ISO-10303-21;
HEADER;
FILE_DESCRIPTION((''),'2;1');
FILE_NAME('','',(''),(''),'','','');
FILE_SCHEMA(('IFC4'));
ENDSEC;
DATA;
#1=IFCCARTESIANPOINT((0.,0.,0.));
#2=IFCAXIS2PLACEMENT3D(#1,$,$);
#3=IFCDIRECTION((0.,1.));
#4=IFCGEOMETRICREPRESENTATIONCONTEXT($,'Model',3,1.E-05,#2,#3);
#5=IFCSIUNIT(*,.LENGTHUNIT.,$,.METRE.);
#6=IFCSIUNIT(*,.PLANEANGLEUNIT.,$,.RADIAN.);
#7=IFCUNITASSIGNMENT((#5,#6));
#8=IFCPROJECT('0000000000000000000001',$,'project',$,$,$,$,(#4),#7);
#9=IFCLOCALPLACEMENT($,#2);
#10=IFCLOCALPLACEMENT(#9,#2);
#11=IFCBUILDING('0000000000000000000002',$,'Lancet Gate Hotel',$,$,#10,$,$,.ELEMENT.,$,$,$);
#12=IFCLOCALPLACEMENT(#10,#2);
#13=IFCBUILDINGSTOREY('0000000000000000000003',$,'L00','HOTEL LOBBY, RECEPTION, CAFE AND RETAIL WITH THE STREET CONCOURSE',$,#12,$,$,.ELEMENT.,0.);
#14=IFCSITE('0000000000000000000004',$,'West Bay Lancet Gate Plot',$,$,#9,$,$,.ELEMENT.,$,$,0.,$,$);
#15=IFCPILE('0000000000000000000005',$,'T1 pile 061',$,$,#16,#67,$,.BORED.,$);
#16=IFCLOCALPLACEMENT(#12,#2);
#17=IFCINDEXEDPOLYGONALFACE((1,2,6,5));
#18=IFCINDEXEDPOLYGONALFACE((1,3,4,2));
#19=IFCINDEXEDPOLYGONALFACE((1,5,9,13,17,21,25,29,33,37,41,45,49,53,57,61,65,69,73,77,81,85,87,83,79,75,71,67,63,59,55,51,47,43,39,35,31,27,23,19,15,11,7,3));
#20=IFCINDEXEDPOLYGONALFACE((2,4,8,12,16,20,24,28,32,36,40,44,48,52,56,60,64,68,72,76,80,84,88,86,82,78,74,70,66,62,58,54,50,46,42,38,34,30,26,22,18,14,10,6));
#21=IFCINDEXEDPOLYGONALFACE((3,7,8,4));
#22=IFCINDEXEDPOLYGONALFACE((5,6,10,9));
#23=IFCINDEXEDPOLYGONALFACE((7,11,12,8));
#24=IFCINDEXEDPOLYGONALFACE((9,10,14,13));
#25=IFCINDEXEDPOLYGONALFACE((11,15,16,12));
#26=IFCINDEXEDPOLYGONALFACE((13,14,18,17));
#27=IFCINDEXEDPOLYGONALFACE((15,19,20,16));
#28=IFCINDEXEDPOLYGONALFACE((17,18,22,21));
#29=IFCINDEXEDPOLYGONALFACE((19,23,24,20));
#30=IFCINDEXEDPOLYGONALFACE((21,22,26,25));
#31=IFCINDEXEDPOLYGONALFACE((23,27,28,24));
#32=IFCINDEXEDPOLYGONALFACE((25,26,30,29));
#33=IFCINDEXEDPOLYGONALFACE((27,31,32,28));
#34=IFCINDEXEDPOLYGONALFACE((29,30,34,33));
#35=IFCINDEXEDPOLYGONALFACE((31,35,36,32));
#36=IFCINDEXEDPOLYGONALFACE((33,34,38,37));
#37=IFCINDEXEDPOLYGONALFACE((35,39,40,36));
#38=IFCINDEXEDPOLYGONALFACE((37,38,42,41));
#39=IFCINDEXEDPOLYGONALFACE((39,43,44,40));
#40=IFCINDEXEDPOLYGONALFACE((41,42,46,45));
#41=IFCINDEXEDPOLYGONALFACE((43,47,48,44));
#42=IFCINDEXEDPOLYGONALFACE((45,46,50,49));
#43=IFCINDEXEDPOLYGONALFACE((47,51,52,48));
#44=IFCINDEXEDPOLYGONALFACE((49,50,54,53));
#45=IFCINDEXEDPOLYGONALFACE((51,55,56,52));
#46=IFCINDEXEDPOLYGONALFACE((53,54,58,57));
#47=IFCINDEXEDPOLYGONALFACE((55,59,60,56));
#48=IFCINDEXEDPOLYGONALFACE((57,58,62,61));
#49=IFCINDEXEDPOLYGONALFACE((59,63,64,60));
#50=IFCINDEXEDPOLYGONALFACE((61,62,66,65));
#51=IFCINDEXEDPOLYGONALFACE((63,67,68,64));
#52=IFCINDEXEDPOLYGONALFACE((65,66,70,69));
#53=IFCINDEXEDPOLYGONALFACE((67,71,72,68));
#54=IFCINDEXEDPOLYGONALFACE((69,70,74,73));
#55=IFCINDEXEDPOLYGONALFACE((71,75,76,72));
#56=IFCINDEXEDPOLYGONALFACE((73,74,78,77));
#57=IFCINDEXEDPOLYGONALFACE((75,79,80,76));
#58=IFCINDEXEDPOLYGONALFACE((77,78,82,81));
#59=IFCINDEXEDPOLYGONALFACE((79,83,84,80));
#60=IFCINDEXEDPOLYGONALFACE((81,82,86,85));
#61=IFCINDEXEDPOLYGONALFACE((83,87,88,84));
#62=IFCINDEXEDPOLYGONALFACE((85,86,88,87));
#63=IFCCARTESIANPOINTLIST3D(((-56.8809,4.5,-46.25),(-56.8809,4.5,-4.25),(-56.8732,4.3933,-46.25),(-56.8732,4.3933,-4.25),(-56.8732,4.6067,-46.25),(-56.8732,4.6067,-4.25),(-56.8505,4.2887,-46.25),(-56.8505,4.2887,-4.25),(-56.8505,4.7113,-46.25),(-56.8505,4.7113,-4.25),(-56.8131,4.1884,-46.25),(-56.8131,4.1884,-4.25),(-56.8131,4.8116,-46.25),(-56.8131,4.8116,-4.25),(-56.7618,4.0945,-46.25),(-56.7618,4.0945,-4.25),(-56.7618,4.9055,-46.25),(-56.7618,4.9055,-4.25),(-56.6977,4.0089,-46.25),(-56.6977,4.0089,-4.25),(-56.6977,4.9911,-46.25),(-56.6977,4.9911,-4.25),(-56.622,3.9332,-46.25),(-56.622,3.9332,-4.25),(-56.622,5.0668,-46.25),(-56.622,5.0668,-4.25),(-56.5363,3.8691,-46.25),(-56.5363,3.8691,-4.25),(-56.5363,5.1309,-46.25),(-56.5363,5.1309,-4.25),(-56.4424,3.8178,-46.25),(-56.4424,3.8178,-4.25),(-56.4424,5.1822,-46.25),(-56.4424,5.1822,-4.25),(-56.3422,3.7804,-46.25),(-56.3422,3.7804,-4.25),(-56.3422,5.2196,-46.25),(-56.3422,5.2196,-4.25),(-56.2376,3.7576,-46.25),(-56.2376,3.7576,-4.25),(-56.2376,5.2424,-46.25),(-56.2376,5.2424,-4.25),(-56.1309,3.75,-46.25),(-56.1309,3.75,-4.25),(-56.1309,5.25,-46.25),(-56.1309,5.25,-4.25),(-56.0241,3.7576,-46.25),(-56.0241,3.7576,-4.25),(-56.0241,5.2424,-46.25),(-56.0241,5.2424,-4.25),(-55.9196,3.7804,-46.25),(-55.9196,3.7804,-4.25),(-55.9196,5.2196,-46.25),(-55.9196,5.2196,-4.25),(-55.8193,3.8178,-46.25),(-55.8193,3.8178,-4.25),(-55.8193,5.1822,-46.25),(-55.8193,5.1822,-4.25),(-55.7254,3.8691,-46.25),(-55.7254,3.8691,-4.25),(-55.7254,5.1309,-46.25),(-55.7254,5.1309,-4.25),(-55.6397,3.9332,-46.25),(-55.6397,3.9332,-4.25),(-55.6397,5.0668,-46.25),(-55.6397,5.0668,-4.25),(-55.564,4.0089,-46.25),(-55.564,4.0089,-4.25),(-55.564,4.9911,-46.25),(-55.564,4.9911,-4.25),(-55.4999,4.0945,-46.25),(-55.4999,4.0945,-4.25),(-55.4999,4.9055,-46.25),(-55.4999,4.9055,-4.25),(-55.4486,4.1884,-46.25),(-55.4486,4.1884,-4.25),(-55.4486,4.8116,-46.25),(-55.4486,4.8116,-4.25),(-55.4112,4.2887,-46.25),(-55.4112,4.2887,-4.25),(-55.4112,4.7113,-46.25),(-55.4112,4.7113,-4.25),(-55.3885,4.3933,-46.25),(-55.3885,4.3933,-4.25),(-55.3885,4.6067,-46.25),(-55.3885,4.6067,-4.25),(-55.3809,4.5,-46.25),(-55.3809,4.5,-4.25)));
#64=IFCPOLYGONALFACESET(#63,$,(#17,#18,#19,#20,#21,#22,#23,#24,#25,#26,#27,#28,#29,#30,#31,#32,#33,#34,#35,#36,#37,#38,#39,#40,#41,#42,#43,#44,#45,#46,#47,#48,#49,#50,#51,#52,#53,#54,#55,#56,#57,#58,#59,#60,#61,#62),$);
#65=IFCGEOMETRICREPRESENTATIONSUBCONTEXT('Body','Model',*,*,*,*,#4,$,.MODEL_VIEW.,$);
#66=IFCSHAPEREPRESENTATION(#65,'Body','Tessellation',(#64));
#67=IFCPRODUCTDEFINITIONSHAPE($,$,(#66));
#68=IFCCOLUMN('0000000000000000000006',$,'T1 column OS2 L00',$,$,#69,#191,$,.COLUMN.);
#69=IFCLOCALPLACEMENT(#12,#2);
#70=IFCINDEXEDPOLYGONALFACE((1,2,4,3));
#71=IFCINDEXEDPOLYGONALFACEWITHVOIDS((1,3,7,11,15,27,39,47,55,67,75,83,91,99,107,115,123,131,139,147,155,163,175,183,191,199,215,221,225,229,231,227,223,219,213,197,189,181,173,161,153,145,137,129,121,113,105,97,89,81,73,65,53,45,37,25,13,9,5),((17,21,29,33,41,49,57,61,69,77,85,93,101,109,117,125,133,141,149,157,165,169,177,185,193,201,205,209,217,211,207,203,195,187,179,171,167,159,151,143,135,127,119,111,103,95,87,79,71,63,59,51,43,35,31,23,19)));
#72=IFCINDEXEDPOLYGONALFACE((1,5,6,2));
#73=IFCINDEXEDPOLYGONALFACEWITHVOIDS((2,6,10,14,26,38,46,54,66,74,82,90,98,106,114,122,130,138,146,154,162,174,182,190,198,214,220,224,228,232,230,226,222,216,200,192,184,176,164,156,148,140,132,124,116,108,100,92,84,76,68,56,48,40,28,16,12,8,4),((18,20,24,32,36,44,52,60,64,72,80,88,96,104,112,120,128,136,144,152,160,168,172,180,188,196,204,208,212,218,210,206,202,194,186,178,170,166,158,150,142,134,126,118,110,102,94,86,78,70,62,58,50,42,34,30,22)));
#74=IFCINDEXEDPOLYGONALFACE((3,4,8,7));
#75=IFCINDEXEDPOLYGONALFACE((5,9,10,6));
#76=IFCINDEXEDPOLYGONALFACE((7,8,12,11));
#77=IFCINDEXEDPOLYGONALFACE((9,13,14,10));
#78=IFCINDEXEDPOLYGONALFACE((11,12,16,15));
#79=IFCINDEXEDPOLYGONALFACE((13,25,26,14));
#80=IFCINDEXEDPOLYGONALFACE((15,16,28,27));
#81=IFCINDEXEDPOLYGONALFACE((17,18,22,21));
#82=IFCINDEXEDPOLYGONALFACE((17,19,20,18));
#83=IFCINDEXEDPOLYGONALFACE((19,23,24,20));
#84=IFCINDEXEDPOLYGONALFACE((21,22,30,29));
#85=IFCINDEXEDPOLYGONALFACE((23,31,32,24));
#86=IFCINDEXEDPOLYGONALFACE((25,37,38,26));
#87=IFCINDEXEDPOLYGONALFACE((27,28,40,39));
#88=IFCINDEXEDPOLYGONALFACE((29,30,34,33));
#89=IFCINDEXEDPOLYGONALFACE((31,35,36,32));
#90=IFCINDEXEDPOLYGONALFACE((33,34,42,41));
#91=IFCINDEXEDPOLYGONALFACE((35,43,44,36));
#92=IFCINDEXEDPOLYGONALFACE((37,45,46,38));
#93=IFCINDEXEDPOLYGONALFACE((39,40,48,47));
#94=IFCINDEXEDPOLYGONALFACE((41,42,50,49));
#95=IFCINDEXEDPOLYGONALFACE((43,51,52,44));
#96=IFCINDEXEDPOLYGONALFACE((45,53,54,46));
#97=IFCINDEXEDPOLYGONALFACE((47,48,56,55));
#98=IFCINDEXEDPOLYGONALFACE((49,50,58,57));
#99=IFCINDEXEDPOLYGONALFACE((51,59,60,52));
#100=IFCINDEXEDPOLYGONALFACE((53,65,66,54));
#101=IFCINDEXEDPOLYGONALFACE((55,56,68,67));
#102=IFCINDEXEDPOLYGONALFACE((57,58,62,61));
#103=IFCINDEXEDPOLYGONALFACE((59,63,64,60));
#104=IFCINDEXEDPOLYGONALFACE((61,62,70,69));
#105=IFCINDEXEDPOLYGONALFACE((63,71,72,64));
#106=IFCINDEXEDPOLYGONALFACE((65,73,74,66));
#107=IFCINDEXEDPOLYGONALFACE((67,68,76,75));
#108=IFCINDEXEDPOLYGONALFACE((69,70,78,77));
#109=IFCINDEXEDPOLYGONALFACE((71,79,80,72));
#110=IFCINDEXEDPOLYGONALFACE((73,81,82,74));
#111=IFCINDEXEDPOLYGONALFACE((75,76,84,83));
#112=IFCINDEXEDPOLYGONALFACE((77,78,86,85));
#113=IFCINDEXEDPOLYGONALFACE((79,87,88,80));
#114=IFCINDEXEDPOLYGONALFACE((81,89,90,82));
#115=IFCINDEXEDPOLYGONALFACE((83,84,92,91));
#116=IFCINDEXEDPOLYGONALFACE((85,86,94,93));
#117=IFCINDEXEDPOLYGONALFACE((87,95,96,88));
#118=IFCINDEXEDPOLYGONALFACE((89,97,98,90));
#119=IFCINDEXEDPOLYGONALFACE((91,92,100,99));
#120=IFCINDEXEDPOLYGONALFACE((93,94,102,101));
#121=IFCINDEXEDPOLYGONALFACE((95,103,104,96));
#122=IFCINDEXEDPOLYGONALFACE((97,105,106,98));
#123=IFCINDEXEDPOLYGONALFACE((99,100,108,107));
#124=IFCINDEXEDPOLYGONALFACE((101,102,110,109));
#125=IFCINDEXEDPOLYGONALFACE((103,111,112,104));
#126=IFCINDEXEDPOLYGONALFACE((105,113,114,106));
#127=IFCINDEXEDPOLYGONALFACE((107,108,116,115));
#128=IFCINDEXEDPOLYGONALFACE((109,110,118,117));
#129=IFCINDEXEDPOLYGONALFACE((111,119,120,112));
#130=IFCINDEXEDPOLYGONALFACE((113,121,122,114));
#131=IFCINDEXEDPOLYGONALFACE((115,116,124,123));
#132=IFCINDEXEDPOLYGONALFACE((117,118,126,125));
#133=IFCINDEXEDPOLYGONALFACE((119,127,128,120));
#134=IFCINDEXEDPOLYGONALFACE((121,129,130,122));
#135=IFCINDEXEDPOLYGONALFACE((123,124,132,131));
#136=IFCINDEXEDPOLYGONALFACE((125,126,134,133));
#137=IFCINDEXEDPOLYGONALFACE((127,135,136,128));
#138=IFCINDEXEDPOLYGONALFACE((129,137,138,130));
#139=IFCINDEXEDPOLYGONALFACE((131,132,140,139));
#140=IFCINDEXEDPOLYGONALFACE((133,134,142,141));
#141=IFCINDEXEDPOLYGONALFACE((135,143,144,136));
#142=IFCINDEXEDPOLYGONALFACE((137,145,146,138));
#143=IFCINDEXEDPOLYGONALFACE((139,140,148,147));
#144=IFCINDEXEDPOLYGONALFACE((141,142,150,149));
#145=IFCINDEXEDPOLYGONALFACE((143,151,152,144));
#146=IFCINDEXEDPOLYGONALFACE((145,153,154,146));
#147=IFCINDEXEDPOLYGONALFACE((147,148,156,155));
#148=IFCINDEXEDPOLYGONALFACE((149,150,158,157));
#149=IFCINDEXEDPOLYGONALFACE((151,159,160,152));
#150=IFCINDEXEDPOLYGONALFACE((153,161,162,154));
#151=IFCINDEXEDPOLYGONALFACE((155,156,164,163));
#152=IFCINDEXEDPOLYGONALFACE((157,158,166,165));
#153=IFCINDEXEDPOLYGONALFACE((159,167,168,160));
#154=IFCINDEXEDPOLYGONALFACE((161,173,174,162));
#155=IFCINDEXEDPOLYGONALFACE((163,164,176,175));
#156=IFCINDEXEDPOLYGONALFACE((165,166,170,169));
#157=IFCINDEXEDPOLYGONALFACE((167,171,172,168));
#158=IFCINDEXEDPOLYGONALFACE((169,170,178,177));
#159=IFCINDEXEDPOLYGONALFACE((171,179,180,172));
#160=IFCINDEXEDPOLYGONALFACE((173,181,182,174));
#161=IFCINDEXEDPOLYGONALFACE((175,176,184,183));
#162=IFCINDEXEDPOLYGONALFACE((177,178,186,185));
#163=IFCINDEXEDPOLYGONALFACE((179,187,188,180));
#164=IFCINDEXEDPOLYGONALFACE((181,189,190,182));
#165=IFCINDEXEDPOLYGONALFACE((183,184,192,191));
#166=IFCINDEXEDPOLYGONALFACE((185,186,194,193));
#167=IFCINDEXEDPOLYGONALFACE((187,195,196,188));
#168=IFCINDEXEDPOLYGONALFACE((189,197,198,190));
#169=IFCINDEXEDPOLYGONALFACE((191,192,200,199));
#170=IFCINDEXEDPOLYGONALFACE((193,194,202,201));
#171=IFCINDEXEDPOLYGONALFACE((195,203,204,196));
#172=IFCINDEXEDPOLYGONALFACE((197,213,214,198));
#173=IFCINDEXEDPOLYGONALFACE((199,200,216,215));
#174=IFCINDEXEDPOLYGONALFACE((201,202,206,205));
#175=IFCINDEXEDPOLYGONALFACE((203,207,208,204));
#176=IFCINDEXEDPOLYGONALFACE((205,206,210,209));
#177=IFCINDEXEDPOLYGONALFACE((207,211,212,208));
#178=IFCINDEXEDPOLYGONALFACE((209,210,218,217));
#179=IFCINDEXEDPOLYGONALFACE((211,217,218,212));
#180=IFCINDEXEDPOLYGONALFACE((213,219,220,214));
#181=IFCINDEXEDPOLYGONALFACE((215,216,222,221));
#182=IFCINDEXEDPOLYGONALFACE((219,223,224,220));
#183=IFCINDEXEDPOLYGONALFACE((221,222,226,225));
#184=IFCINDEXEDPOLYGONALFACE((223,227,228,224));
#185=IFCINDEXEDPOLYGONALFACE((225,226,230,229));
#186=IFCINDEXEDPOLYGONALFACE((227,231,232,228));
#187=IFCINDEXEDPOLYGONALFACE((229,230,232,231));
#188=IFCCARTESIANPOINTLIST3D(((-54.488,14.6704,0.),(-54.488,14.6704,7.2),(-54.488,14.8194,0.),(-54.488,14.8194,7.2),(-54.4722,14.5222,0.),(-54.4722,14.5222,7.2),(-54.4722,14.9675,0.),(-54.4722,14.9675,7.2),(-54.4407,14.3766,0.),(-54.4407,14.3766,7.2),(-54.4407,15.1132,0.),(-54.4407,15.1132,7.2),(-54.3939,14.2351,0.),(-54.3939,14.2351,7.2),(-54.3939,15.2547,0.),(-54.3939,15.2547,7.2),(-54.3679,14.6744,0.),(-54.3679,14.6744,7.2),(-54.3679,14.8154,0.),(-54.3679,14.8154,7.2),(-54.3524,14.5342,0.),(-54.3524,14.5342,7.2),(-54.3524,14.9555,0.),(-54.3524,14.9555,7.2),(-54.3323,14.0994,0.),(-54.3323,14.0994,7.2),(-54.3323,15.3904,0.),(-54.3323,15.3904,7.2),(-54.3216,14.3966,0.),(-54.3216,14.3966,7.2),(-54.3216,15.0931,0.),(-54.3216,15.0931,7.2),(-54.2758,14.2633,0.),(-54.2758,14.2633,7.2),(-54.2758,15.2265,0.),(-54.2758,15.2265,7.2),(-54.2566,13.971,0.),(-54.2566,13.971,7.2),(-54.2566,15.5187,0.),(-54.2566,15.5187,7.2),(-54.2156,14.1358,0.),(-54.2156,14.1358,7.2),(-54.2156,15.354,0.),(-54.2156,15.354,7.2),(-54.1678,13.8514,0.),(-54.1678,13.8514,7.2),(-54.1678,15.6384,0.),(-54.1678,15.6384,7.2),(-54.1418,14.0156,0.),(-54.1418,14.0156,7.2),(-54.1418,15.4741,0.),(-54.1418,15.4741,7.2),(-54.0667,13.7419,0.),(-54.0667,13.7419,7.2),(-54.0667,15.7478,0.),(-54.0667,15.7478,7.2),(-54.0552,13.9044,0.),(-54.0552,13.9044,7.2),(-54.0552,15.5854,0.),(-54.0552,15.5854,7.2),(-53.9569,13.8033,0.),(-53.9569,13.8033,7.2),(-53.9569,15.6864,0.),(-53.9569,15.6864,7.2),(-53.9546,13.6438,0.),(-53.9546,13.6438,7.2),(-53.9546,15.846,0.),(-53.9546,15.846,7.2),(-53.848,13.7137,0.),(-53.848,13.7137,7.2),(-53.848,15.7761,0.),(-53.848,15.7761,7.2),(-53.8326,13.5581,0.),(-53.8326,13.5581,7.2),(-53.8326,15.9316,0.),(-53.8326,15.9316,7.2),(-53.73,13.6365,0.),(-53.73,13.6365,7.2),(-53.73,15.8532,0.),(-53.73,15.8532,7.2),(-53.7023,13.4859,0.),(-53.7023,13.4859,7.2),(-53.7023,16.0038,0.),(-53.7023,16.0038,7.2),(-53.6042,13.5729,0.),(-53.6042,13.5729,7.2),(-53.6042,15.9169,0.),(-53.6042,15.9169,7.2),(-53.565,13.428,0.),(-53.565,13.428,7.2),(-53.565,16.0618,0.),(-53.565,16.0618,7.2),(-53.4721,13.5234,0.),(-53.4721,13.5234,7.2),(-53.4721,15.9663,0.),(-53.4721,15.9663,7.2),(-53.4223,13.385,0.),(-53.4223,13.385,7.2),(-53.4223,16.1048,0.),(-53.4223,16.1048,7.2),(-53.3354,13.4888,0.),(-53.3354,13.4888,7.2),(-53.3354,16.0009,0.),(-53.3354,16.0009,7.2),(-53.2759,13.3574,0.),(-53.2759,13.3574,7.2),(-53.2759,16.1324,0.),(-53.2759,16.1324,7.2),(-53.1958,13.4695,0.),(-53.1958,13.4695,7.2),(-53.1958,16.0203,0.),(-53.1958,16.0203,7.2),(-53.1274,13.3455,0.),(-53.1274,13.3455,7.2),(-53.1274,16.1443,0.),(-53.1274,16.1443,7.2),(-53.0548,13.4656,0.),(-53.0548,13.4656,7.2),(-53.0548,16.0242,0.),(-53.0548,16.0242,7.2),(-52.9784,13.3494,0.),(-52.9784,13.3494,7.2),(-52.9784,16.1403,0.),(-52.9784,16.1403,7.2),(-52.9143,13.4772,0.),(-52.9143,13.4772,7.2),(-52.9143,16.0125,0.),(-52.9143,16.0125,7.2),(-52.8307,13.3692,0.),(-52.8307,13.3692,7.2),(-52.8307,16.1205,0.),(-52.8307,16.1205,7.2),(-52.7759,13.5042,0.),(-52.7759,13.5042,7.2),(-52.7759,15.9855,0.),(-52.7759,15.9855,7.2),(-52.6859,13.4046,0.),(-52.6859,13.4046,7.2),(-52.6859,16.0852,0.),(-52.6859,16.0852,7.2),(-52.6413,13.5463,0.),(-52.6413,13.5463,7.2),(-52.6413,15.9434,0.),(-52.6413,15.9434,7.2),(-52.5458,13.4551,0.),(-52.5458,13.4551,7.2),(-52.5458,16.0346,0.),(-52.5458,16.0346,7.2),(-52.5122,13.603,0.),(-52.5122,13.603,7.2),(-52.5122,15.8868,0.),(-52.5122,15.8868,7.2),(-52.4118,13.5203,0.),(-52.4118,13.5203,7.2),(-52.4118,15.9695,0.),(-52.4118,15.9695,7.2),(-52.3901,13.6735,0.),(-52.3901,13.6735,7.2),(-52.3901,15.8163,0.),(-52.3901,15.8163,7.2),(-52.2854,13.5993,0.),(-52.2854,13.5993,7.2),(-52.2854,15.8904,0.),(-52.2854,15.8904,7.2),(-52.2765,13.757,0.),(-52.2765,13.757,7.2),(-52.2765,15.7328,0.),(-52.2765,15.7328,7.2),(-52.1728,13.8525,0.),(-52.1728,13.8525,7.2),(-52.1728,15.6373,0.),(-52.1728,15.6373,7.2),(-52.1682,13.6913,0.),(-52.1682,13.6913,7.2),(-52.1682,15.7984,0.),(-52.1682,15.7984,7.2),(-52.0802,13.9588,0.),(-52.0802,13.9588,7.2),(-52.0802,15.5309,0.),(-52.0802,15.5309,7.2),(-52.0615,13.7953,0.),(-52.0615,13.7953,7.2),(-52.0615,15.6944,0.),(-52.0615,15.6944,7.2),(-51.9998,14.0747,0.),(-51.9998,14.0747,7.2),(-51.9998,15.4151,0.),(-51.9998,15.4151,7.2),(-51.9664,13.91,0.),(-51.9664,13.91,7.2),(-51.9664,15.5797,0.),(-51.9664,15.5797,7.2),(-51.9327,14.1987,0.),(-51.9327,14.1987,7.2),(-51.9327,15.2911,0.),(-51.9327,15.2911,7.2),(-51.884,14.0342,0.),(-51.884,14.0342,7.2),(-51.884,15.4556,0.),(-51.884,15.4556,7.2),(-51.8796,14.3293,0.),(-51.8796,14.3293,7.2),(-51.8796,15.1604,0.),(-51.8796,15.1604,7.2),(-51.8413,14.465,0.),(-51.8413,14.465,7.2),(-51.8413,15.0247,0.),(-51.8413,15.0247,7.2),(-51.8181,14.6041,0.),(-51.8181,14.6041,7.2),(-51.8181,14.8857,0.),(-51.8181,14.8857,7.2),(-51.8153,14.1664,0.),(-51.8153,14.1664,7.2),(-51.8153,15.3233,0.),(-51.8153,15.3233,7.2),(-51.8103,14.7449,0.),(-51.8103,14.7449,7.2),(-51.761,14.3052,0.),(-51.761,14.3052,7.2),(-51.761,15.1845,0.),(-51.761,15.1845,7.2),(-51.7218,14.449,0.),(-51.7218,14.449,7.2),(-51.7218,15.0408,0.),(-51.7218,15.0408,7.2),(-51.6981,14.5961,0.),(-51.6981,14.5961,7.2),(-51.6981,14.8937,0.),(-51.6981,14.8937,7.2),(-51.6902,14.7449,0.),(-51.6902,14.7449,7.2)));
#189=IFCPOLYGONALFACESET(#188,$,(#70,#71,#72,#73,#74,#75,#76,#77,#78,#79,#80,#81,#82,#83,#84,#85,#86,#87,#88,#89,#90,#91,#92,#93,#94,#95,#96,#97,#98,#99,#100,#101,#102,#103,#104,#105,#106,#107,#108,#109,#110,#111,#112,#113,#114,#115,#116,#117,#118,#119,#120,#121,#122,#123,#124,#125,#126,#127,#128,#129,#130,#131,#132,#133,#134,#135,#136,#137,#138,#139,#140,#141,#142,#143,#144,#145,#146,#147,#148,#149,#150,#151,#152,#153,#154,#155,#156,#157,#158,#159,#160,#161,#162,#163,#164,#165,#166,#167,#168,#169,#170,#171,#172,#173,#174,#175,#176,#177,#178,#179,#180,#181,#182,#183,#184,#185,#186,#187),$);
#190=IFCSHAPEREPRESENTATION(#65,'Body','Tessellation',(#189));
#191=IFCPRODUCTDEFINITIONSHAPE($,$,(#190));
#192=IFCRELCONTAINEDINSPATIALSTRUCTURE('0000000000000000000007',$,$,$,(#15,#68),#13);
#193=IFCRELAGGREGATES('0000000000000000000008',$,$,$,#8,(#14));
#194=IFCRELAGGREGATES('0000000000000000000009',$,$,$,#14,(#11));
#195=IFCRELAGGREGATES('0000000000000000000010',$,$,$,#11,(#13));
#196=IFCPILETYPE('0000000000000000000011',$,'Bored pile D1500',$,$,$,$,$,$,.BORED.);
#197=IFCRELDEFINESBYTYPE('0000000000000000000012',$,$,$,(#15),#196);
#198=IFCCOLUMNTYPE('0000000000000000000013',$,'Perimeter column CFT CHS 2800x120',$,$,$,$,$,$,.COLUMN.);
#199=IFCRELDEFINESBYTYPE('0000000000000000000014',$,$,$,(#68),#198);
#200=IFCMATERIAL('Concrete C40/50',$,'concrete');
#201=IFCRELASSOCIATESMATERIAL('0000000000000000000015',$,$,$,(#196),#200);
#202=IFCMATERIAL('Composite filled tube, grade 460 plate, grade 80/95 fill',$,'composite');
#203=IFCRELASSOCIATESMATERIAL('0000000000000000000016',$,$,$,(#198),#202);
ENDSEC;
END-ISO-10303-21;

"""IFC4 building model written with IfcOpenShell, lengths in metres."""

from ifc_helpers import new_model, si_unit, direction, frame, origin, origin_2d, place, context, subcontext, project, spatial, circle, hollow_circle, extrude, material, material_profile, profile_set, type_object, element, save


model = new_model("IFC4")

# Units and contexts
model_context = context("Model", 3, precision=1e-05, world=origin(), true_north=direction((0.0, 1.0)))
body_context = subcontext(model_context, "Body", "Model", "MODEL_VIEW")
ifc_project = project(units=[si_unit("LENGTHUNIT", "METRE"), si_unit("PLANEANGLEUNIT", "RADIAN")], contexts=[model_context])

# Site, building, storey
site_placement = place(None, origin())
site = spatial("IfcSite", under=ifc_project, at=site_placement, Name="West Bay Lancet Gate Plot", CompositionType="ELEMENT", RefElevation=0.0)
building_placement = place(site_placement, origin())
building = spatial("IfcBuilding", under=site, at=building_placement, Name="Lancet Gate Hotel", CompositionType="ELEMENT")
storey_placement = place(building_placement, origin())
storey = spatial("IfcBuildingStorey", under=building, at=storey_placement, Name="L00", Description="HOTEL LOBBY, RECEPTION, CAFE AND RETAIL WITH THE STREET CONCOURSE", CompositionType="ELEMENT", Elevation=0.0)

# Pile
ifc_material_1 = material(Name="Concrete C40/50", Category="concrete")
ifc_material_profile_1 = material_profile(ifc_material_1, circle(Radius=0.75, at=origin_2d()), Name="PILE D1500")
ifc_profile_set_1 = profile_set([ifc_material_profile_1], Name="Concrete C40/50")
pile_type = type_object("IfcPileType", Name="Bored pile D1500", PredefinedType="BORED", material=ifc_profile_set_1)
for number, where, z_axis, x_axis, name in (
    (1, (-56.1309, 4.5, -4.25), (0.0, 0.0, -1.0), (1.0, 0.0, 0.0), "T1 pile 061"),
):
    element("IfcPile", number, at=place(storey_placement, frame(where, z_axis=z_axis, x_axis=x_axis)), inside=storey, type_object=pile_type, Name=name, PredefinedType="BORED", context=body_context, shape_type="SweptSolid", body=[
        extrude(circle(Radius=0.75, at=origin_2d()), origin(), (0.0, 0.0, 1.0), 42.0),
    ])

# Column
ifc_material_2 = material(Name="Composite filled tube, grade 460 plate, grade 80/95 fill", Category="composite")
ifc_material_profile_2 = material_profile(ifc_material_2, hollow_circle(Radius=1.3999, WallThickness=0.1201, at=origin_2d()), Name="CHS 2800x120")
ifc_profile_set_2 = profile_set([ifc_material_profile_2], Name="Composite filled tube, grade 460 plate, grade 80/95 fill")
column_type = type_object("IfcColumnType", Name="Perimeter column CFT CHS 2800x120", PredefinedType="COLUMN", material=ifc_profile_set_2)
column_placement = place(storey_placement, frame((-53.0901, 14.7449, 0.0), z_axis=(0.0, 0.0, 1.0), x_axis=(1.0, 0.0, 0.0)))
element("IfcColumn", 2, at=column_placement, inside=storey, type_object=column_type, Name="T1 column OS2 L00", PredefinedType="COLUMN", context=body_context, shape_type="SweptSolid", body=[
    extrude(hollow_circle(Radius=1.3999, WallThickness=0.1201, at=origin_2d()), origin(), (0.0, 0.0, 1.0), 7.2),
])

save(model, "model.ifc")
